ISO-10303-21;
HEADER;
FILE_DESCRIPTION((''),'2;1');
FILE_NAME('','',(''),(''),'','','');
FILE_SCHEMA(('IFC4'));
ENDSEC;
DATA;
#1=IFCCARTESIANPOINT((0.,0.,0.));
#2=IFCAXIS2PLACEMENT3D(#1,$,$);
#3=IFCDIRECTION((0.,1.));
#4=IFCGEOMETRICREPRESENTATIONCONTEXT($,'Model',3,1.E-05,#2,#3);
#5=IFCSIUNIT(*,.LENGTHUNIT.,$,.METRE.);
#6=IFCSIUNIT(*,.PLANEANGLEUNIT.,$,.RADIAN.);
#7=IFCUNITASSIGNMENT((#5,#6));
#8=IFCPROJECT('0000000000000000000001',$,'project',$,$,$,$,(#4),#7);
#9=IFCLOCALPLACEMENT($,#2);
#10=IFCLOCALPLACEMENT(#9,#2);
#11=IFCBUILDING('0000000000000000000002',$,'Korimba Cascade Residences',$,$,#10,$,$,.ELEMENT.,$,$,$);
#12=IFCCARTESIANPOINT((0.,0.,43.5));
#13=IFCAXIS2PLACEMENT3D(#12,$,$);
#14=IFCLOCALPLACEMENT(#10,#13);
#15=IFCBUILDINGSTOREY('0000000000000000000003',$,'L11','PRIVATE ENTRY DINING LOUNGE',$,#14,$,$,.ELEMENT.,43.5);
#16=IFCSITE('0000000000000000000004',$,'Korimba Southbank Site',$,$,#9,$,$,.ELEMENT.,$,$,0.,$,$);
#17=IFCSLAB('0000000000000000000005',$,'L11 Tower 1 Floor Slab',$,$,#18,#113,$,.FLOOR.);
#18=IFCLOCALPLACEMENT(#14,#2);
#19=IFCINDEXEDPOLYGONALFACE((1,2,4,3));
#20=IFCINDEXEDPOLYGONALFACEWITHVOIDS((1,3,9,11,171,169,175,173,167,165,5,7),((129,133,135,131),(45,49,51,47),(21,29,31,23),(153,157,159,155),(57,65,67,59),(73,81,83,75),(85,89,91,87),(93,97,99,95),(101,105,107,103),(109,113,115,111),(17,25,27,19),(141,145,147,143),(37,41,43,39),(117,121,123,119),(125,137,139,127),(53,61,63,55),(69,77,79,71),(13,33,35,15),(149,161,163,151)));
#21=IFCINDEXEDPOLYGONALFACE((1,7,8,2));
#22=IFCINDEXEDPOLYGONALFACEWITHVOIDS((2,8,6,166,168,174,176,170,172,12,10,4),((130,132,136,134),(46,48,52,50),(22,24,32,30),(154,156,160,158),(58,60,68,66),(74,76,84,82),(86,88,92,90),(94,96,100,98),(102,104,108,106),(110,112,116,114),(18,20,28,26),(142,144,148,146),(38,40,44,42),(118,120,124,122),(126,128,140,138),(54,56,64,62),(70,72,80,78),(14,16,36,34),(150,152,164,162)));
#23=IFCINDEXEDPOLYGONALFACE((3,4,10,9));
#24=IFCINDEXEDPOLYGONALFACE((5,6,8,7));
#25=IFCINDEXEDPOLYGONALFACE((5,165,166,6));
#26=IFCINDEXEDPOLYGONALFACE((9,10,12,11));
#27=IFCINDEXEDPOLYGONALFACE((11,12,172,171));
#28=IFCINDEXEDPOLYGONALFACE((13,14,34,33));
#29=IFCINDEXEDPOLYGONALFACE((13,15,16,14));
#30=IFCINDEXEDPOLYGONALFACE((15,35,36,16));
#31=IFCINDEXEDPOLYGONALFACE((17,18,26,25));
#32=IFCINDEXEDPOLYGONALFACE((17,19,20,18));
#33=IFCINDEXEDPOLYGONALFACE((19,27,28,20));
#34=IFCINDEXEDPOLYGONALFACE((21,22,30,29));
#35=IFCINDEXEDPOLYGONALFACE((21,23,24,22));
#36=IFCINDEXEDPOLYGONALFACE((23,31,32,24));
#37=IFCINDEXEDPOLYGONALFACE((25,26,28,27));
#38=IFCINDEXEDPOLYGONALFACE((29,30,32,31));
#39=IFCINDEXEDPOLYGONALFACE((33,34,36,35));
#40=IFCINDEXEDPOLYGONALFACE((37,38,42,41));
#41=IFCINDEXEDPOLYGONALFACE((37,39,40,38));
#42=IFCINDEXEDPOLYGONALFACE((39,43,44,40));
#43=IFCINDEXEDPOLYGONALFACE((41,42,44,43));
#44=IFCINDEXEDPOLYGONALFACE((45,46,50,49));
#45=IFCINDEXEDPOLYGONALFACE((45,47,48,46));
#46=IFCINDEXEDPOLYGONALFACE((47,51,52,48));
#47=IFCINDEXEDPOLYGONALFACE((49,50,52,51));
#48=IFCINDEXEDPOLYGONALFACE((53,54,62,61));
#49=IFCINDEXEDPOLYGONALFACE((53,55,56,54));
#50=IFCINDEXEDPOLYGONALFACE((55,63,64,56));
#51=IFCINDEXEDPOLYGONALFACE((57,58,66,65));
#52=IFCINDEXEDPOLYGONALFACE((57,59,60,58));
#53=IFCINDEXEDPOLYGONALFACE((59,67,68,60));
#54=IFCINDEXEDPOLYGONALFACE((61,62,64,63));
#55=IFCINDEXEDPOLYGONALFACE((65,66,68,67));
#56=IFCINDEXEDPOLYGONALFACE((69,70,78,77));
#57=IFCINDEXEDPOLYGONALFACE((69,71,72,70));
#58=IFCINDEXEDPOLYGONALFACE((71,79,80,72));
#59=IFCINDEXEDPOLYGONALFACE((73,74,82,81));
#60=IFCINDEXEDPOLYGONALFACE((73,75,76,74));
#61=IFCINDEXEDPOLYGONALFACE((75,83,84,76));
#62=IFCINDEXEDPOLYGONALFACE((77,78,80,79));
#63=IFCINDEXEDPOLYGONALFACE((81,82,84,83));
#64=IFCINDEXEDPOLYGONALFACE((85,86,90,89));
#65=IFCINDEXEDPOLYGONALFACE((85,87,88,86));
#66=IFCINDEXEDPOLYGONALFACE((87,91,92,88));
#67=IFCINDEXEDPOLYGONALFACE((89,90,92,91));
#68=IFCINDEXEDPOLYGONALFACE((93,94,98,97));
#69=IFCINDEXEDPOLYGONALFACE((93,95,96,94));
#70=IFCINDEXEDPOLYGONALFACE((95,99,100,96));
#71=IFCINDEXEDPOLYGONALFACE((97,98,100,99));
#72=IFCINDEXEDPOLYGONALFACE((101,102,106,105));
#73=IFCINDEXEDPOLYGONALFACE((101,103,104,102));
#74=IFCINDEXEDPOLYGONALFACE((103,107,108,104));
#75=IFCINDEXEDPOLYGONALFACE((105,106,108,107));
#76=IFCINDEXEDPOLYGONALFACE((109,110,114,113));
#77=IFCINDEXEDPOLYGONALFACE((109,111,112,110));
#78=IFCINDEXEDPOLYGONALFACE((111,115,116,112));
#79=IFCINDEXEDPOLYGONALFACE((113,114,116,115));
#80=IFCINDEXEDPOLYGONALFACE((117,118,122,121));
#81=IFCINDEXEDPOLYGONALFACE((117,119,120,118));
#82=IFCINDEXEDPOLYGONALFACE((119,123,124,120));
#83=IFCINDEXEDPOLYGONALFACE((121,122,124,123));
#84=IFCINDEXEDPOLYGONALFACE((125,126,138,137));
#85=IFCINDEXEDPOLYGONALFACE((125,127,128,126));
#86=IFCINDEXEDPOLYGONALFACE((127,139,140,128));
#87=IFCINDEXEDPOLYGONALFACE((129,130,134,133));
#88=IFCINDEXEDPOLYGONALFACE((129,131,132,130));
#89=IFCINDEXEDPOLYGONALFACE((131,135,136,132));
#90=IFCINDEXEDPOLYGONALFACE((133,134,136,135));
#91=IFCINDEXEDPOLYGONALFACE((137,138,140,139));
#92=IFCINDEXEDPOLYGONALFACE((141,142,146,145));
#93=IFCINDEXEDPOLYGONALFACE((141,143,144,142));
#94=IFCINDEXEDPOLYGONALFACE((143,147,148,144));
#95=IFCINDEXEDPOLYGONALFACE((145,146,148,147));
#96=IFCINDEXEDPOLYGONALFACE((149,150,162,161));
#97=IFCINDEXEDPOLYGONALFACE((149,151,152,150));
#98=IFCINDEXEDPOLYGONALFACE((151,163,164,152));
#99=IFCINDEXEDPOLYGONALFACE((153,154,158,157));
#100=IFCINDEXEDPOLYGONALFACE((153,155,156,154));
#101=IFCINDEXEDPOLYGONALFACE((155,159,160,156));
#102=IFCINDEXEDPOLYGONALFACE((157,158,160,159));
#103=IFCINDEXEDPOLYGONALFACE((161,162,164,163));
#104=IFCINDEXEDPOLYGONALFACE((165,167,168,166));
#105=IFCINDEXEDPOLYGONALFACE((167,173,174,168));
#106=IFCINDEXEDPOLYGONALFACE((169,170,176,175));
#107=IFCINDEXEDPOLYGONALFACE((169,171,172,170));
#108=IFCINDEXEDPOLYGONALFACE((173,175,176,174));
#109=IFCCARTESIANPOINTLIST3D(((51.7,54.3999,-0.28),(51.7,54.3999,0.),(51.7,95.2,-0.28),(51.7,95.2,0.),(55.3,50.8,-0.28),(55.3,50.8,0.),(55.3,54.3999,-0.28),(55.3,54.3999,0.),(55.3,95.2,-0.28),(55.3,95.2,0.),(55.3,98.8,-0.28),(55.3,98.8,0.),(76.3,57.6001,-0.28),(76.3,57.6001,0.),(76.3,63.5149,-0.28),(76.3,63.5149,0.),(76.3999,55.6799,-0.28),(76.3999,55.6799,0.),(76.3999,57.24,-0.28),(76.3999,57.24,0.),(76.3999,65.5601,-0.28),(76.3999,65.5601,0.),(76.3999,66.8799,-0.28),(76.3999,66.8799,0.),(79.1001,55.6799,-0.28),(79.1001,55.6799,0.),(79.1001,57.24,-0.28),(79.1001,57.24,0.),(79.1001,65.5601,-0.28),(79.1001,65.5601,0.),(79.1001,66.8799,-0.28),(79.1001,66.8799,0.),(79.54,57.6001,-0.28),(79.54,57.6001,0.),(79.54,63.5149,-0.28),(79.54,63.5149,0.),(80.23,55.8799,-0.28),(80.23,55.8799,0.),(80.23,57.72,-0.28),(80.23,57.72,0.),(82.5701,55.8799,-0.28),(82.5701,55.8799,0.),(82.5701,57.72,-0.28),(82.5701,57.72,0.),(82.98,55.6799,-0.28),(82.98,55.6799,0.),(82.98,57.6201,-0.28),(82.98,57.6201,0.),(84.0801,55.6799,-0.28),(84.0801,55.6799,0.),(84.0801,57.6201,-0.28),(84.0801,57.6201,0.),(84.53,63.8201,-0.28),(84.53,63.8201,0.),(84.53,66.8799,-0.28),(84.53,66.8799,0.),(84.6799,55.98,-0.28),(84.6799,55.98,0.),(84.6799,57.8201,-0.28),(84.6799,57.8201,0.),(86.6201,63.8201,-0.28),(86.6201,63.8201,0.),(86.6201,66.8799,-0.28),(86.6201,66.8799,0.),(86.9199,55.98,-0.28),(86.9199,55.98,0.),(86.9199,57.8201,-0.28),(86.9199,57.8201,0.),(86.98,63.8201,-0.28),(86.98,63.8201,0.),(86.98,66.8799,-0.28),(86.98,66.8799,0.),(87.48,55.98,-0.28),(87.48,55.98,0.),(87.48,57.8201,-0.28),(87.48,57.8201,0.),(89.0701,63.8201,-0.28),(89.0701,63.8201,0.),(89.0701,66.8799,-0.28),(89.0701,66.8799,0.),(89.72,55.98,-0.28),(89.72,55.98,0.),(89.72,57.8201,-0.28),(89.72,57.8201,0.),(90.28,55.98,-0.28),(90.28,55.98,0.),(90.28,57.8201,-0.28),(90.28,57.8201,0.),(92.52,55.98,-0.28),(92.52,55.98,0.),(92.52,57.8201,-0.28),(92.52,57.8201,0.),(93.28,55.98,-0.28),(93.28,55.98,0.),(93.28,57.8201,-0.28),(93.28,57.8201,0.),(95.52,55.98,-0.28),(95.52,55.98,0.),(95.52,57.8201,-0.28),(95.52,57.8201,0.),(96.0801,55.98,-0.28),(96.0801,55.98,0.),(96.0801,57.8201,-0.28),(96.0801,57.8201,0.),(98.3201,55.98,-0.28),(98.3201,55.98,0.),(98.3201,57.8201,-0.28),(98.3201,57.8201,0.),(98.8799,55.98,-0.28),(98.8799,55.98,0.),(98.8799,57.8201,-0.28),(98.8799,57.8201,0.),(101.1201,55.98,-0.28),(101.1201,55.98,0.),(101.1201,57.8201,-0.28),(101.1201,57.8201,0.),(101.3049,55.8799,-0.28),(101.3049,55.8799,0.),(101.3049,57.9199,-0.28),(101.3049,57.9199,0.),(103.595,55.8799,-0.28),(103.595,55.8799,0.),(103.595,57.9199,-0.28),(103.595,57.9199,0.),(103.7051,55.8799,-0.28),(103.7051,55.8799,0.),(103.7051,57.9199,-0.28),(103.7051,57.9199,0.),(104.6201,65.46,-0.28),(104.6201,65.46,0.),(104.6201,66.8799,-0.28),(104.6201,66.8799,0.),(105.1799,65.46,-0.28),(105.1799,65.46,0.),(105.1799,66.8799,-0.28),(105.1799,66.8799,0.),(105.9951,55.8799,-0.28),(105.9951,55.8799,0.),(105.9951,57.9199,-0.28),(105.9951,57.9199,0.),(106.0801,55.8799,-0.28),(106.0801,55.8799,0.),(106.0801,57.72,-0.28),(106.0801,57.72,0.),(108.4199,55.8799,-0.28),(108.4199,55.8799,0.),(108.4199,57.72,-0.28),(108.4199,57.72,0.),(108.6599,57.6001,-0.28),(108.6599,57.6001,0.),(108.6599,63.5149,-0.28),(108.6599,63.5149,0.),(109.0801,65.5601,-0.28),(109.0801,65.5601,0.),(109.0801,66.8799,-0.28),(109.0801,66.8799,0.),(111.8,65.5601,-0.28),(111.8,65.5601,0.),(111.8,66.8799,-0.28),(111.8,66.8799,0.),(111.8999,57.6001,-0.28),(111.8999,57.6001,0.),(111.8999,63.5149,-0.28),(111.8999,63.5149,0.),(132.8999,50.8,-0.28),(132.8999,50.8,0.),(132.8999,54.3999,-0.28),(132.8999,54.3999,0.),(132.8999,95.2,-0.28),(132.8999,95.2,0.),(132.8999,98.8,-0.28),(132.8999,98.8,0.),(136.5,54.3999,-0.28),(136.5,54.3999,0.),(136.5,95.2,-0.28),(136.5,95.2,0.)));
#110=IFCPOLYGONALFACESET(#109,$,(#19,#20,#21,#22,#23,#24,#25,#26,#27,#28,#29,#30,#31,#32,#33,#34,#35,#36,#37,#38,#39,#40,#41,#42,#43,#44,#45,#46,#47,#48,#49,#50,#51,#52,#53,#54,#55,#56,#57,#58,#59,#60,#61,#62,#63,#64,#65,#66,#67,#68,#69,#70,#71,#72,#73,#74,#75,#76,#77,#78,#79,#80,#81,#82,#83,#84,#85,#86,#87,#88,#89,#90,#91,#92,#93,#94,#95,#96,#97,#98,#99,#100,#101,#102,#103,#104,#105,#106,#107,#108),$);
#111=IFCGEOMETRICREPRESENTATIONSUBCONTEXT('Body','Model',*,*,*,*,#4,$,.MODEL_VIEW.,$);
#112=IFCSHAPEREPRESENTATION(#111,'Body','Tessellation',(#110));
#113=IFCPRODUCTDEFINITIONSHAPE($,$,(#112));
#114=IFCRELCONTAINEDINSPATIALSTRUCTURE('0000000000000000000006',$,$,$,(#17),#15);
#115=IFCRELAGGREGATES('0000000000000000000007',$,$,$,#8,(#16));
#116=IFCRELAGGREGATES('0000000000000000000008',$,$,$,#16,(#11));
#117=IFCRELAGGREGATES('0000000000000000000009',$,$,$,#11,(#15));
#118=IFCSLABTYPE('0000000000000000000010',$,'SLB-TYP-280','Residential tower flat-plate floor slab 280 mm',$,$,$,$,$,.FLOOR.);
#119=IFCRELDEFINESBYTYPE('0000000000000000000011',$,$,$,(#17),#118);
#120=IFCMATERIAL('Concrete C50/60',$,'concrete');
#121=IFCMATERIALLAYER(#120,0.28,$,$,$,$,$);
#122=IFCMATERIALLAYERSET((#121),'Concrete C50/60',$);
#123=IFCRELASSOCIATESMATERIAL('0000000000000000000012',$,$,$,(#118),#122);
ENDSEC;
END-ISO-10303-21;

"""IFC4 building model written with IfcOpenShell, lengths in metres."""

from ifc_helpers import new_model, si_unit, direction, frame, origin, place, context, subcontext, project, spatial, polyline, outline, extrude, material, layer, layer_set, type_object, element, save


model = new_model("IFC4")

# Units and contexts
model_context = context("Model", 3, precision=1e-05, world=origin(), true_north=direction((0.0, 1.0)))
body_context = subcontext(model_context, "Body", "Model", "MODEL_VIEW")
ifc_project = project(units=[si_unit("LENGTHUNIT", "METRE"), si_unit("PLANEANGLEUNIT", "RADIAN")], contexts=[model_context])

# Site, building, storey
site_placement = place(None, origin())
site = spatial("IfcSite", under=ifc_project, at=site_placement, Name="Korimba Southbank Site", CompositionType="ELEMENT", RefElevation=0.0)
building_placement = place(site_placement, origin())
building = spatial("IfcBuilding", under=site, at=building_placement, Name="Korimba Cascade Residences", CompositionType="ELEMENT")
storey_placement = place(building_placement, frame((0.0, 0.0, 43.5)))
storey = spatial("IfcBuildingStorey", under=building, at=storey_placement, Name="L11", Description="PRIVATE ENTRY DINING LOUNGE", CompositionType="ELEMENT", Elevation=43.5)

# Shared definitions
ifc_material_1 = material(Name="Concrete C50/60", Category="concrete")

# Slab
ifc_layer_1 = layer(ifc_material_1, 0.28)
ifc_layer_set_1 = layer_set([ifc_layer_1], Name="Concrete C50/60")
slab_type_1 = type_object("IfcSlabType", Name="SLB-TYP-280", Description="Residential tower flat-plate floor slab 280 mm", PredefinedType="FLOOR", material=ifc_layer_set_1)
slab_1_placement = place(storey_placement, frame((0.0, 0.0, -0.28)))
element("IfcSlab", 1, at=slab_1_placement, inside=storey, type_object=slab_type_1, Name="L11 Tower 1 Floor Slab", PredefinedType="FLOOR", context=body_context, shape_type="SweptSolid", body=[
    extrude(outline(polyline([(55.3, 50.8), (132.8999, 50.8), (132.8999, 54.3999), (136.5, 54.3999), (136.5, 95.2), (132.8999, 95.2), (132.8999, 98.8), (55.3, 98.8), (55.3, 95.2), (51.7, 95.2), (51.7, 54.3999), (55.3, 54.3999), (55.3, 50.8)]), holes=[polyline([(76.3, 63.5149), (76.3, 57.6001), (79.54, 57.6001), (79.54, 63.5149), (76.3, 63.5149)]), polyline([(108.6599, 63.5149), (108.6599, 57.6001), (111.8999, 57.6001), (111.8999, 63.5149), (108.6599, 63.5149)]), polyline([(80.23, 55.8799), (82.5701, 55.8799), (82.5701, 57.72), (80.23, 57.72), (80.23, 55.8799)]), polyline([(106.0801, 55.8799), (108.4199, 55.8799), (108.4199, 57.72), (106.0801, 57.72), (106.0801, 55.8799)]), polyline([(84.6799, 55.98), (86.9199, 55.98), (86.9199, 57.8201), (84.6799, 57.8201), (84.6799, 55.98)]), polyline([(87.48, 55.98), (89.72, 55.98), (89.72, 57.8201), (87.48, 57.8201), (87.48, 55.98)]), polyline([(90.28, 55.98), (92.52, 55.98), (92.52, 57.8201), (90.28, 57.8201), (90.28, 55.98)]), polyline([(93.28, 55.98), (95.52, 55.98), (95.52, 57.8201), (93.28, 57.8201), (93.28, 55.98)]), polyline([(96.0801, 55.98), (98.3201, 55.98), (98.3201, 57.8201), (96.0801, 57.8201), (96.0801, 55.98)]), polyline([(98.8799, 55.98), (101.1201, 55.98), (101.1201, 57.8201), (98.8799, 57.8201), (98.8799, 55.98)]), polyline([(101.3049, 55.8799), (103.595, 55.8799), (103.595, 57.9199), (101.3049, 57.9199), (101.3049, 55.8799)]), polyline([(103.7051, 55.8799), (105.9951, 55.8799), (105.9951, 57.9199), (103.7051, 57.9199), (103.7051, 55.8799)]), polyline([(82.98, 55.6799), (84.0801, 55.6799), (84.0801, 57.6201), (82.98, 57.6201), (82.98, 55.6799)]), polyline([(76.3999, 65.5601), (79.1001, 65.5601), (79.1001, 66.8799), (76.3999, 66.8799), (76.3999, 65.5601)]), polyline([(76.3999, 55.6799), (79.1001, 55.6799), (79.1001, 57.24), (76.3999, 57.24), (76.3999, 55.6799)]), polyline([(84.53, 63.8201), (86.6201, 63.8201), (86.6201, 66.8799), (84.53, 66.8799), (84.53, 63.8201)]), polyline([(86.98, 63.8201), (89.0701, 63.8201), (89.0701, 66.8799), (86.98, 66.8799), (86.98, 63.8201)]), polyline([(104.6201, 65.46), (105.1799, 65.46), (105.1799, 66.8799), (104.6201, 66.8799), (104.6201, 65.46)]), polyline([(109.0801, 65.5601), (111.8, 65.5601), (111.8, 66.8799), (109.0801, 66.8799), (109.0801, 65.5601)])]), origin(), (0.0, 0.0, 1.0), 0.28),
])

save(model, "model.ifc")
